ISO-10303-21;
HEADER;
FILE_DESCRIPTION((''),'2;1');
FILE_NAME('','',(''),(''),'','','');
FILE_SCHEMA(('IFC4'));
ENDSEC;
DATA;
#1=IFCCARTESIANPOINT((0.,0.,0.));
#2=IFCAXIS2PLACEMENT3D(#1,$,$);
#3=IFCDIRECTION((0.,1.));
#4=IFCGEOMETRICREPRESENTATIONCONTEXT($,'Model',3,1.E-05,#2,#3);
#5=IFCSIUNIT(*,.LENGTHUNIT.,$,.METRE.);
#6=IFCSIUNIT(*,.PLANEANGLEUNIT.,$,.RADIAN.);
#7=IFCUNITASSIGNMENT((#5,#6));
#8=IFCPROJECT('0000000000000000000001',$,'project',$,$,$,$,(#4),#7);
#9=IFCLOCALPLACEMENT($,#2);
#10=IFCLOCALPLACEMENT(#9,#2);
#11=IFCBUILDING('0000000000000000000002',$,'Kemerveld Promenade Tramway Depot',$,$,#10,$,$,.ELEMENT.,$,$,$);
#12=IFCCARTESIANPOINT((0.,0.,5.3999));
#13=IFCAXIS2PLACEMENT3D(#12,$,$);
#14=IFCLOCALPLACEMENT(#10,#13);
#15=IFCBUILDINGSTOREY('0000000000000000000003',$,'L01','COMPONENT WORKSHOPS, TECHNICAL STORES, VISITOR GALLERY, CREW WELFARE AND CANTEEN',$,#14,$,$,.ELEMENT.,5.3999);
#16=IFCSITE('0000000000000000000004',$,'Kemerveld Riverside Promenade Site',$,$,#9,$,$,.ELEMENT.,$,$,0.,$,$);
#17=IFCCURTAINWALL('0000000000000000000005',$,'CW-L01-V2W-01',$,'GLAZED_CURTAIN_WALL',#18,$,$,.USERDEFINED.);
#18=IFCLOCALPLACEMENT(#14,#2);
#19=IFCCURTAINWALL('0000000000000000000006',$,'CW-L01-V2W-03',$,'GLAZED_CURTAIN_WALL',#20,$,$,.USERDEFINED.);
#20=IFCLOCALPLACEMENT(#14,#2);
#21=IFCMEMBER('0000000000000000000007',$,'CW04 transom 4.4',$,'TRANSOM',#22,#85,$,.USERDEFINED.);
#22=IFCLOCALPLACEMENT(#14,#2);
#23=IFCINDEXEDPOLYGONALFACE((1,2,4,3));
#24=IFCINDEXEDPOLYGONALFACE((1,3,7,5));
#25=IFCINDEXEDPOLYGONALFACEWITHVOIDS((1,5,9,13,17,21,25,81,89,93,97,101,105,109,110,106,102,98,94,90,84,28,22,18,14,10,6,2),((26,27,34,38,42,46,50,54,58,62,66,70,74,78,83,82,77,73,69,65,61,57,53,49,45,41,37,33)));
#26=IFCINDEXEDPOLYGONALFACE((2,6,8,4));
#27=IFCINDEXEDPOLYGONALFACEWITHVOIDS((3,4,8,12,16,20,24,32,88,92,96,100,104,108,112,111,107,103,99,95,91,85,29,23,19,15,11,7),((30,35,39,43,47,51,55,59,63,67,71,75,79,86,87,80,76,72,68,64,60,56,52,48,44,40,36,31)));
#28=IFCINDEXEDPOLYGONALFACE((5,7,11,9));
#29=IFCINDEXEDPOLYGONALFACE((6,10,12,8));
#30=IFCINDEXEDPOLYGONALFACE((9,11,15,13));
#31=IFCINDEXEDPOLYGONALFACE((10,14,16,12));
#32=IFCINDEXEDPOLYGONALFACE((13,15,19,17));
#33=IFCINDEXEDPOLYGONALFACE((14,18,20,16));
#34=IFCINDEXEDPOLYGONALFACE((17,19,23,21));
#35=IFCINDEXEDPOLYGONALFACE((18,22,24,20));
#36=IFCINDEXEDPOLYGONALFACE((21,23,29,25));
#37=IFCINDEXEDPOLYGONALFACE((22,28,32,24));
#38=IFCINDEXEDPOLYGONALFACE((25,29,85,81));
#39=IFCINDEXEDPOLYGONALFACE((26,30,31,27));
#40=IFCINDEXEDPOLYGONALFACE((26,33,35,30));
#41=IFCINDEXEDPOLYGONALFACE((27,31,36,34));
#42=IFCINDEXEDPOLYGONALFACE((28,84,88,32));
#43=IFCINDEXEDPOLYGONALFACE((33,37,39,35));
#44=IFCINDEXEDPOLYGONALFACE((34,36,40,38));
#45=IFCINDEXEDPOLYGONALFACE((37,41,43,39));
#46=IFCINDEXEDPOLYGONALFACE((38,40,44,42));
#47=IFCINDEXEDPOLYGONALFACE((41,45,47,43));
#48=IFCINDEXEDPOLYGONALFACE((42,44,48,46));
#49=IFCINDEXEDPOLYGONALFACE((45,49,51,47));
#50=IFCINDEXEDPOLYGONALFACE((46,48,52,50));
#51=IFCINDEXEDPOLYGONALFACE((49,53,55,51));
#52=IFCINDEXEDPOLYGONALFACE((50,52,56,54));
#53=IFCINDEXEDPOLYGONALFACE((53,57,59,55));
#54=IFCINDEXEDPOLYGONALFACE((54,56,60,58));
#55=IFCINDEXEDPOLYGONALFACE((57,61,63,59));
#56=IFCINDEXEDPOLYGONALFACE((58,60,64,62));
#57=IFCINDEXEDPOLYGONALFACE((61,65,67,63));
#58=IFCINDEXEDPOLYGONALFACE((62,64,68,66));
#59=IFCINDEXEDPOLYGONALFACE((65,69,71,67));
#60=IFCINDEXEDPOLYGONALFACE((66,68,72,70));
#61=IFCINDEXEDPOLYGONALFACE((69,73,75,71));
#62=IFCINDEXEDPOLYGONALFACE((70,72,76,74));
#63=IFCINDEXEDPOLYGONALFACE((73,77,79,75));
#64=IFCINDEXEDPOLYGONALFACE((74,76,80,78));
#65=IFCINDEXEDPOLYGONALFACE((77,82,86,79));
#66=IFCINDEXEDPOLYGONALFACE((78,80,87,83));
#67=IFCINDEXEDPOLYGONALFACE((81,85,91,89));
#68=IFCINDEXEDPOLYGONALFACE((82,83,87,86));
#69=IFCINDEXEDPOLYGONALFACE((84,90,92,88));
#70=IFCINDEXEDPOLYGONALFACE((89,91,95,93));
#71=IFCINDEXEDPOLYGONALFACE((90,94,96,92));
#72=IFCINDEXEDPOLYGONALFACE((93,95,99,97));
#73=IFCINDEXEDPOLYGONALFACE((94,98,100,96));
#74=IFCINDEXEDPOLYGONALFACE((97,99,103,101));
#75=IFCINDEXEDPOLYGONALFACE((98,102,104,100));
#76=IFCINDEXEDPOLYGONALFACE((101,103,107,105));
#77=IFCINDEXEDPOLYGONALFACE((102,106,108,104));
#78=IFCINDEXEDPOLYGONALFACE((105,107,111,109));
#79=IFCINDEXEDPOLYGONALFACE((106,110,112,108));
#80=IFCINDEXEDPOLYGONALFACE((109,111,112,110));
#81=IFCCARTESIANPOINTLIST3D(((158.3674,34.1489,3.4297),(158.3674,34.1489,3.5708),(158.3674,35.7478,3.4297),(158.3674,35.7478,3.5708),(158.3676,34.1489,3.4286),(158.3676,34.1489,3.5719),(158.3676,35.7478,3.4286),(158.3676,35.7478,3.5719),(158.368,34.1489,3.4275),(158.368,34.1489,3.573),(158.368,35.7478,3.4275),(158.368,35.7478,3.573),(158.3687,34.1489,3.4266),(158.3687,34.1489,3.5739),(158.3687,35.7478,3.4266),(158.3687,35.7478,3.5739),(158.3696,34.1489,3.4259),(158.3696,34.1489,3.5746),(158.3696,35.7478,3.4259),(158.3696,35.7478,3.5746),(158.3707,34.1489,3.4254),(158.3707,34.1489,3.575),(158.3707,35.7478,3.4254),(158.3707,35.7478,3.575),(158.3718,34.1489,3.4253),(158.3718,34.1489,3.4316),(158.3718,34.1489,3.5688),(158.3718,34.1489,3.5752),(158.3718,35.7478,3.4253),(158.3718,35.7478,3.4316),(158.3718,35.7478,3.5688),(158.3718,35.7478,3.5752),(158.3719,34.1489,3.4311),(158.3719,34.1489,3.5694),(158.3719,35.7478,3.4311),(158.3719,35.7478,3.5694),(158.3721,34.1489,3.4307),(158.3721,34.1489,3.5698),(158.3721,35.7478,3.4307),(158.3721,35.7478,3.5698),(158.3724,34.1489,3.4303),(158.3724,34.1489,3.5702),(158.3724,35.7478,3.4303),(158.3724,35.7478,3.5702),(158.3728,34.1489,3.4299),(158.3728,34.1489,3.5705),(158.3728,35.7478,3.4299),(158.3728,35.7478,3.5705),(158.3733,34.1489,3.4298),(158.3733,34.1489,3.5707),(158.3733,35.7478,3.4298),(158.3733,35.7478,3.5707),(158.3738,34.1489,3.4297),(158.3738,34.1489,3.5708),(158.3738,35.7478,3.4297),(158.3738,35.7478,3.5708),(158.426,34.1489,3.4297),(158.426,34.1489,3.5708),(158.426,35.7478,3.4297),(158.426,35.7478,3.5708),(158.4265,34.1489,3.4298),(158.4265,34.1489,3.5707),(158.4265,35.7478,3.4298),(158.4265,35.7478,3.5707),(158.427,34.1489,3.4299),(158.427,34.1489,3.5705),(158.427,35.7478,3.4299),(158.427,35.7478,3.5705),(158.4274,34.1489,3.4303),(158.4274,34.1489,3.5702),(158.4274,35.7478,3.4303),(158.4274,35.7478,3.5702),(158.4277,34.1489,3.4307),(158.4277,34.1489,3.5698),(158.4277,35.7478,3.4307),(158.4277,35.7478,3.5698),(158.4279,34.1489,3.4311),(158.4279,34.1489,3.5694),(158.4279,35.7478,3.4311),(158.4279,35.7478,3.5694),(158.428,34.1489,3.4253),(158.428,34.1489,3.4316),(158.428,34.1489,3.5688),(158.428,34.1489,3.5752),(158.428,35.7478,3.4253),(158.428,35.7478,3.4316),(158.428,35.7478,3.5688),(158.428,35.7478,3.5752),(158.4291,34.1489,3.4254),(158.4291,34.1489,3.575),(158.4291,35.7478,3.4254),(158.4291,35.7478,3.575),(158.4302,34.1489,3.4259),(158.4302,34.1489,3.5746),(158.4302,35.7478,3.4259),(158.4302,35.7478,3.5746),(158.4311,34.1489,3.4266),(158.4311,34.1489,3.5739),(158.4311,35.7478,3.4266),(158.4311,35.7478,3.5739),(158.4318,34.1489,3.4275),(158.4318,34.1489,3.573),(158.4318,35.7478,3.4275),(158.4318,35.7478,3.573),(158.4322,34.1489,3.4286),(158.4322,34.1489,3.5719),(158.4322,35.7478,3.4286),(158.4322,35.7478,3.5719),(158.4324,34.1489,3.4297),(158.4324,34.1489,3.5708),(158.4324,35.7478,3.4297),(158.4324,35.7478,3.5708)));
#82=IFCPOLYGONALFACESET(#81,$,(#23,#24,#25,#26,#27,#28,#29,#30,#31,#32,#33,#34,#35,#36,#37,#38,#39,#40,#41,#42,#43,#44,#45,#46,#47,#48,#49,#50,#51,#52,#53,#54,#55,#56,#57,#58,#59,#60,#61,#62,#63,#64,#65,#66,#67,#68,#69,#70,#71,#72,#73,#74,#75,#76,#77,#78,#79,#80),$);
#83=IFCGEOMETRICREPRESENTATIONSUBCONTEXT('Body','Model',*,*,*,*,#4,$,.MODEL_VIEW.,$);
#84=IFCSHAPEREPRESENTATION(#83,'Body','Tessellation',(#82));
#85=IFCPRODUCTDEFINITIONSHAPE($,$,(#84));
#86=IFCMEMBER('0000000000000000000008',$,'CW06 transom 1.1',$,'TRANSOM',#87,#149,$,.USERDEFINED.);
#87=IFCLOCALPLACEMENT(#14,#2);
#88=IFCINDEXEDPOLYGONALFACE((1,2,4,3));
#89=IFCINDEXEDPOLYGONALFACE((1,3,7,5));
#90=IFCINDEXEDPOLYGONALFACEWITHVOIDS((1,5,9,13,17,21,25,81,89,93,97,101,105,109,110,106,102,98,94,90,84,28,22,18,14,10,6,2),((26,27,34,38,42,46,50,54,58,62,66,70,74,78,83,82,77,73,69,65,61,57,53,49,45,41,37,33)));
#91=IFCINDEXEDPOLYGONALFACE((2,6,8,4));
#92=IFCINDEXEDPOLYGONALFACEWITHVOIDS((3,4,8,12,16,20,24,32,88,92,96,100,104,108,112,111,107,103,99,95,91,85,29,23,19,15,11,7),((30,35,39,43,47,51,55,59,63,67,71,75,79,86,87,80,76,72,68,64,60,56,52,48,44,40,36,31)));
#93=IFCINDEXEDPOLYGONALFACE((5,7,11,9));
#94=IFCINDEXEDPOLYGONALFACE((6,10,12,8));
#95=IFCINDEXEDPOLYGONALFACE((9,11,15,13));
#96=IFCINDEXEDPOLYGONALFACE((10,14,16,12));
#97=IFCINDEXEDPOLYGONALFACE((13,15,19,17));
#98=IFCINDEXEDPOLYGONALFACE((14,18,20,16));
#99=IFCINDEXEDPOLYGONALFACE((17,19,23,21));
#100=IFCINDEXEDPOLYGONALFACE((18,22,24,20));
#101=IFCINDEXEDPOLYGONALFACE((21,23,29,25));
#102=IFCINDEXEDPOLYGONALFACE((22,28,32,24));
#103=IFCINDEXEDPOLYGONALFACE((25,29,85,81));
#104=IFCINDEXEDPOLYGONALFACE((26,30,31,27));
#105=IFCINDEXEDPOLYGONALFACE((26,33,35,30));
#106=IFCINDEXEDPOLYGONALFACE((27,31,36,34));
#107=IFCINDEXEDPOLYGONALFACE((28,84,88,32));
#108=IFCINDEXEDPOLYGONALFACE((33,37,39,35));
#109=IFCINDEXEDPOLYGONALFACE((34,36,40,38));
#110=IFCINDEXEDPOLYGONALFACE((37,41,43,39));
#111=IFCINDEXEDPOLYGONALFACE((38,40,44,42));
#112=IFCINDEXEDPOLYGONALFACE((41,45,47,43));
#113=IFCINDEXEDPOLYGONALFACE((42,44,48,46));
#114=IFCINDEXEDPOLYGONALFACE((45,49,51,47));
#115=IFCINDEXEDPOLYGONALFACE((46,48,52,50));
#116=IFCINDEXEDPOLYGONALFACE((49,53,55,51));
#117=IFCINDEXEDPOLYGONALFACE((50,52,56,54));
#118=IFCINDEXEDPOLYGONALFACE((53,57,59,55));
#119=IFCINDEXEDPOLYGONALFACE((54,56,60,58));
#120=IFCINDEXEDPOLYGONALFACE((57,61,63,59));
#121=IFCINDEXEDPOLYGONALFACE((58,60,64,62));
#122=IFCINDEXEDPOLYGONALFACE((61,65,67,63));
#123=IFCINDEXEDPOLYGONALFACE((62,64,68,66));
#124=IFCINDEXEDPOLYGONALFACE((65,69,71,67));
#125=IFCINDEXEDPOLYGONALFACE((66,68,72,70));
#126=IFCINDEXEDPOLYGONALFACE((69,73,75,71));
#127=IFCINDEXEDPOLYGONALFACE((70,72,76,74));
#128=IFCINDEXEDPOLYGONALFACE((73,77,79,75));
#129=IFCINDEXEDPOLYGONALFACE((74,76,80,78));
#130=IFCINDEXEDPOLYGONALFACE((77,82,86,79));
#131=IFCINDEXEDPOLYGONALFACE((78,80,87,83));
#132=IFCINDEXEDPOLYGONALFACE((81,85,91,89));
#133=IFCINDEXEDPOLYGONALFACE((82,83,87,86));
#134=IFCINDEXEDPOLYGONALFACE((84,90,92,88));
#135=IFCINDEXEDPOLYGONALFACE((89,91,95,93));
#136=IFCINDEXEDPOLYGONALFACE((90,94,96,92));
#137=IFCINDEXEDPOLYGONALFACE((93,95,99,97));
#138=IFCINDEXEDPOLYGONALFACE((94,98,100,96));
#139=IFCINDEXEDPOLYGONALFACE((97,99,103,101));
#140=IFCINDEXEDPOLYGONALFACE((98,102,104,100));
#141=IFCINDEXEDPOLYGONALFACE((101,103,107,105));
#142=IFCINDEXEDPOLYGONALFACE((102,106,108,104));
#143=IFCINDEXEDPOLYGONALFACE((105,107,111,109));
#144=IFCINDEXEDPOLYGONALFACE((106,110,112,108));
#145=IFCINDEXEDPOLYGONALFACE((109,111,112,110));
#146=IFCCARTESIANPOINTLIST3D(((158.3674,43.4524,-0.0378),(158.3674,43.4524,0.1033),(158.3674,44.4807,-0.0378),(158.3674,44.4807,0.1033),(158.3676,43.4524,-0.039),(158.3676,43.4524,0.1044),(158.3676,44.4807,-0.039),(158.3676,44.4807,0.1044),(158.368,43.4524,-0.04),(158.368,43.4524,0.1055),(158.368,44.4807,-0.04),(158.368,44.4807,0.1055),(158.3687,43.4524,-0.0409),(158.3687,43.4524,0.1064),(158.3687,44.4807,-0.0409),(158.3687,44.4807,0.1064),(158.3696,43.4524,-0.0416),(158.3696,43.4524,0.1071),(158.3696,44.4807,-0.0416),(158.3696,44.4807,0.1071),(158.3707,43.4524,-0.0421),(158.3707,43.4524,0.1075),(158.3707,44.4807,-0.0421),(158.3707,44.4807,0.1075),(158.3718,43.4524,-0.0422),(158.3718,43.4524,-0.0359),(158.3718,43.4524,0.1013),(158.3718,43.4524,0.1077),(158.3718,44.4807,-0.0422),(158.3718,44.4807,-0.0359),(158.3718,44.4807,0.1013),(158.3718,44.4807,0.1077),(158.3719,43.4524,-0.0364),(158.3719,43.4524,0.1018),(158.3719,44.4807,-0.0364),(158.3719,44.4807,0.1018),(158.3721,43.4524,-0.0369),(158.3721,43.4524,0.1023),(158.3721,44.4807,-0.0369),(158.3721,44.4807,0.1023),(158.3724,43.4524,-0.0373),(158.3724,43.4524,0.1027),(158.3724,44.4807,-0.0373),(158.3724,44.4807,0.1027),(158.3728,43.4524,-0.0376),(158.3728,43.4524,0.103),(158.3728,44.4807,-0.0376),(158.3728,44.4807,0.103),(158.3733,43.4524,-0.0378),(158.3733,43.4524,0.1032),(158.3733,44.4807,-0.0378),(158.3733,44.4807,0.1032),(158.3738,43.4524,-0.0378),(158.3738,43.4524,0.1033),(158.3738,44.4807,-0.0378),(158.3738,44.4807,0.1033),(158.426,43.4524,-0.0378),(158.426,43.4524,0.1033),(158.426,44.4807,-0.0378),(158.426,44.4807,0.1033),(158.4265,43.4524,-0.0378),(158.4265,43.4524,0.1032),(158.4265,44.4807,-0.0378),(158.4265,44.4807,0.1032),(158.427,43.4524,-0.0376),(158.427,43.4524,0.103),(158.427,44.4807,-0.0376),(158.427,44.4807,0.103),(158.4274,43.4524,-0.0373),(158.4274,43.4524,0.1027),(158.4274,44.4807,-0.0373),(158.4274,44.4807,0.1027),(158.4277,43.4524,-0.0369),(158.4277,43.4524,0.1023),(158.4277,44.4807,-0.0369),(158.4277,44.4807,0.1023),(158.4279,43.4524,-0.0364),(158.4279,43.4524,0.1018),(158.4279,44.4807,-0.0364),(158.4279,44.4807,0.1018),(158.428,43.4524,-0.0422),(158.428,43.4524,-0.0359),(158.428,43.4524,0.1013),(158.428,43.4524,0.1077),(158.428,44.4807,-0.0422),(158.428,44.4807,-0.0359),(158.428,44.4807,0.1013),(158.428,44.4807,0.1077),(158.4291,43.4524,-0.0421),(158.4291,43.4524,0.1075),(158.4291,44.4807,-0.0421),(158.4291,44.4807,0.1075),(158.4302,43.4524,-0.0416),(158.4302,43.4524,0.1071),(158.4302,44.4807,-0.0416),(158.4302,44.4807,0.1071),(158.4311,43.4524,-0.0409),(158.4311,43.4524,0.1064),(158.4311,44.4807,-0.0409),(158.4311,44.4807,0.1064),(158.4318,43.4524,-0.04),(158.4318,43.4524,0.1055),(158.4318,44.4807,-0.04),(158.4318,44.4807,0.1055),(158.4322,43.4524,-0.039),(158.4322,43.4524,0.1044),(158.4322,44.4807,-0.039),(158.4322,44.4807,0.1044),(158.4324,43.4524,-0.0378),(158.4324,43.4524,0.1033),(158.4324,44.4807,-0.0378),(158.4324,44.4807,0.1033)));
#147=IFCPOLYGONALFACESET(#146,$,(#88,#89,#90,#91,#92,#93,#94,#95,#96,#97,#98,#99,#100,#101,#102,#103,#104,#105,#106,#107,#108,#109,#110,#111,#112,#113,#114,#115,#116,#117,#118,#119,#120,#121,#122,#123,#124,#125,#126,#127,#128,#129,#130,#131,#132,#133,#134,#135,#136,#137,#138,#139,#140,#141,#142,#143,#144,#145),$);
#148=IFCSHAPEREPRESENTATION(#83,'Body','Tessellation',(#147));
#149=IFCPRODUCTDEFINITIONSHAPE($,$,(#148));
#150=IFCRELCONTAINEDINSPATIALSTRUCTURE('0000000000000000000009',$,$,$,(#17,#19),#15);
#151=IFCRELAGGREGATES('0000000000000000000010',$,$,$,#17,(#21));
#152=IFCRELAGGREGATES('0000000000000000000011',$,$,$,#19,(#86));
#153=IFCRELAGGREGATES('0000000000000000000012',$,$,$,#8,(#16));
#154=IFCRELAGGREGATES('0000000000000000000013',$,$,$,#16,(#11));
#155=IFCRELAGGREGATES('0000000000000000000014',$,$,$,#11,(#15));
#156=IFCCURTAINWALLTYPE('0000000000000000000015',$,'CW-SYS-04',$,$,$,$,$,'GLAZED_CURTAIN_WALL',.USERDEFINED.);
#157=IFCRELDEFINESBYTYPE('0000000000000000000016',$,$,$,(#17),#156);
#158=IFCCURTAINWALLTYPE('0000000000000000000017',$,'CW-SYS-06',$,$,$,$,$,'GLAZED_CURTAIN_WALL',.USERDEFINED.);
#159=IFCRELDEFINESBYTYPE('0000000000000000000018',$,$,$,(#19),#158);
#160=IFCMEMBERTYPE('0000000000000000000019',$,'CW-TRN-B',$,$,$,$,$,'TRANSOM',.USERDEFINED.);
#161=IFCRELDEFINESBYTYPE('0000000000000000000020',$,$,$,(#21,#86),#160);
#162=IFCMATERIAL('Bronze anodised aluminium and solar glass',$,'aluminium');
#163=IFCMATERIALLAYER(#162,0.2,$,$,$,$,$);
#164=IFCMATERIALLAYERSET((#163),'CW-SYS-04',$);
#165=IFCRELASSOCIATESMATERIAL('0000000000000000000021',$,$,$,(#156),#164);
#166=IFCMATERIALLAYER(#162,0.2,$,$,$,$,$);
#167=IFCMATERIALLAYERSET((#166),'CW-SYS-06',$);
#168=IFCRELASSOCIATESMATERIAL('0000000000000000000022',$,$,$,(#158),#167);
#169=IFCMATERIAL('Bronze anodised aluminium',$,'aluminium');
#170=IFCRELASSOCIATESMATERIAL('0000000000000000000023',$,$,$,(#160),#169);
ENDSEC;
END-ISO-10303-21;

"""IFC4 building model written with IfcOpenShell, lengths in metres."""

from ifc_helpers import new_model, si_unit, direction, frame, origin, origin_2d, place, context, subcontext, project, spatial, hollow_rectangle, extrude, material, layer, layer_set, material_profile, profile_set, type_object, element, aggregate, save


model = new_model("IFC4")

# Units and contexts
model_context = context("Model", 3, precision=1e-05, world=origin(), true_north=direction((0.0, 1.0)))
body_context = subcontext(model_context, "Body", "Model", "MODEL_VIEW")
ifc_project = project(units=[si_unit("LENGTHUNIT", "METRE"), si_unit("PLANEANGLEUNIT", "RADIAN")], contexts=[model_context])

# Site, building, storey
site_placement = place(None, origin())
site = spatial("IfcSite", under=ifc_project, at=site_placement, Name="Kemerveld Riverside Promenade Site", CompositionType="ELEMENT", RefElevation=0.0)
building_placement = place(site_placement, origin())
building = spatial("IfcBuilding", under=site, at=building_placement, Name="Kemerveld Promenade Tramway Depot", CompositionType="ELEMENT")
storey_placement = place(building_placement, frame((0.0, 0.0, 5.3999)))
storey = spatial("IfcBuildingStorey", under=building, at=storey_placement, Name="L01", Description="COMPONENT WORKSHOPS, TECHNICAL STORES, VISITOR GALLERY, CREW WELFARE AND CANTEEN", CompositionType="ELEMENT", Elevation=5.3999)

# Curtain walls
ifc_material_1 = material(Name="Bronze anodised aluminium and solar glass", Category="aluminium")
ifc_layer_1 = layer(ifc_material_1, 0.2)
ifc_layer_set_1 = layer_set([ifc_layer_1], Name="CW-SYS-04")
curtain_wall_type_1 = type_object("IfcCurtainWallType", Name="CW-SYS-04", ElementType="GLAZED_CURTAIN_WALL", PredefinedType="USERDEFINED", material=ifc_layer_set_1)
curtain_wall_1_placement = place(storey_placement, origin())
curtain_wall_1 = element("IfcCurtainWall", 1, at=curtain_wall_1_placement, inside=storey, type_object=curtain_wall_type_1, Name="CW-L01-V2W-01", ObjectType="GLAZED_CURTAIN_WALL", PredefinedType="USERDEFINED")
ifc_material_2 = material(Name="Bronze anodised aluminium", Category="aluminium")
ifc_layer_2 = layer(ifc_material_1, 0.2)
ifc_layer_set_2 = layer_set([ifc_layer_2], Name="CW-SYS-06")
curtain_wall_type_2 = type_object("IfcCurtainWallType", Name="CW-SYS-06", ElementType="GLAZED_CURTAIN_WALL", PredefinedType="USERDEFINED", material=ifc_layer_set_2)
curtain_wall_2_placement = place(storey_placement, origin())
curtain_wall_2 = element("IfcCurtainWall", 2, at=curtain_wall_2_placement, inside=storey, type_object=curtain_wall_type_2, Name="CW-L01-V2W-03", ObjectType="GLAZED_CURTAIN_WALL", PredefinedType="USERDEFINED")

# Members
ifc_material_profile_1 = material_profile(ifc_material_2, hollow_rectangle(XDim=0.0649, YDim=0.1499, WallThickness=0.0044, InnerFilletRadius=0.002, OuterFilletRadius=0.0044, at=origin_2d()), Name="CW-TRN-150x65")
ifc_profile_set_1 = profile_set([ifc_material_profile_1], Name="Bronze anodised aluminium")
member_type_1 = type_object("IfcMemberType", Name="CW-TRN-B", ElementType="TRANSOM", PredefinedType="USERDEFINED", material=ifc_profile_set_1)
member_1_placement = place(storey_placement, frame((158.3999, 34.1489, 3.5002), z_axis=(0.0, 1.0, 0.0), x_axis=(-1.0, 0.0, 0.0)))
member_1 = element("IfcMember", 3, at=member_1_placement, type_object=member_type_1, Name="CW04 transom 4.4", ObjectType="TRANSOM", PredefinedType="USERDEFINED", context=body_context, shape_type="SweptSolid", body=[
    extrude(hollow_rectangle(XDim=0.0649, YDim=0.1499, WallThickness=0.0044, InnerFilletRadius=0.002, OuterFilletRadius=0.0044, at=origin_2d()), origin(), (0.0, 0.0, 1.0), 1.5989),
])
member_2_placement = place(storey_placement, frame((158.3999, 43.4524, 0.0327), z_axis=(0.0, 1.0, 0.0), x_axis=(-1.0, 0.0, 0.0)))
member_2 = element("IfcMember", 4, at=member_2_placement, type_object=member_type_1, Name="CW06 transom 1.1", ObjectType="TRANSOM", PredefinedType="USERDEFINED", context=body_context, shape_type="SweptSolid", body=[
    extrude(hollow_rectangle(XDim=0.0649, YDim=0.1499, WallThickness=0.0044, InnerFilletRadius=0.002, OuterFilletRadius=0.0044, at=origin_2d()), origin(), (0.0, 0.0, 1.0), 1.0283),
])

aggregate(curtain_wall_1, [member_1])
aggregate(curtain_wall_2, [member_2])

save(model, "model.ifc")
